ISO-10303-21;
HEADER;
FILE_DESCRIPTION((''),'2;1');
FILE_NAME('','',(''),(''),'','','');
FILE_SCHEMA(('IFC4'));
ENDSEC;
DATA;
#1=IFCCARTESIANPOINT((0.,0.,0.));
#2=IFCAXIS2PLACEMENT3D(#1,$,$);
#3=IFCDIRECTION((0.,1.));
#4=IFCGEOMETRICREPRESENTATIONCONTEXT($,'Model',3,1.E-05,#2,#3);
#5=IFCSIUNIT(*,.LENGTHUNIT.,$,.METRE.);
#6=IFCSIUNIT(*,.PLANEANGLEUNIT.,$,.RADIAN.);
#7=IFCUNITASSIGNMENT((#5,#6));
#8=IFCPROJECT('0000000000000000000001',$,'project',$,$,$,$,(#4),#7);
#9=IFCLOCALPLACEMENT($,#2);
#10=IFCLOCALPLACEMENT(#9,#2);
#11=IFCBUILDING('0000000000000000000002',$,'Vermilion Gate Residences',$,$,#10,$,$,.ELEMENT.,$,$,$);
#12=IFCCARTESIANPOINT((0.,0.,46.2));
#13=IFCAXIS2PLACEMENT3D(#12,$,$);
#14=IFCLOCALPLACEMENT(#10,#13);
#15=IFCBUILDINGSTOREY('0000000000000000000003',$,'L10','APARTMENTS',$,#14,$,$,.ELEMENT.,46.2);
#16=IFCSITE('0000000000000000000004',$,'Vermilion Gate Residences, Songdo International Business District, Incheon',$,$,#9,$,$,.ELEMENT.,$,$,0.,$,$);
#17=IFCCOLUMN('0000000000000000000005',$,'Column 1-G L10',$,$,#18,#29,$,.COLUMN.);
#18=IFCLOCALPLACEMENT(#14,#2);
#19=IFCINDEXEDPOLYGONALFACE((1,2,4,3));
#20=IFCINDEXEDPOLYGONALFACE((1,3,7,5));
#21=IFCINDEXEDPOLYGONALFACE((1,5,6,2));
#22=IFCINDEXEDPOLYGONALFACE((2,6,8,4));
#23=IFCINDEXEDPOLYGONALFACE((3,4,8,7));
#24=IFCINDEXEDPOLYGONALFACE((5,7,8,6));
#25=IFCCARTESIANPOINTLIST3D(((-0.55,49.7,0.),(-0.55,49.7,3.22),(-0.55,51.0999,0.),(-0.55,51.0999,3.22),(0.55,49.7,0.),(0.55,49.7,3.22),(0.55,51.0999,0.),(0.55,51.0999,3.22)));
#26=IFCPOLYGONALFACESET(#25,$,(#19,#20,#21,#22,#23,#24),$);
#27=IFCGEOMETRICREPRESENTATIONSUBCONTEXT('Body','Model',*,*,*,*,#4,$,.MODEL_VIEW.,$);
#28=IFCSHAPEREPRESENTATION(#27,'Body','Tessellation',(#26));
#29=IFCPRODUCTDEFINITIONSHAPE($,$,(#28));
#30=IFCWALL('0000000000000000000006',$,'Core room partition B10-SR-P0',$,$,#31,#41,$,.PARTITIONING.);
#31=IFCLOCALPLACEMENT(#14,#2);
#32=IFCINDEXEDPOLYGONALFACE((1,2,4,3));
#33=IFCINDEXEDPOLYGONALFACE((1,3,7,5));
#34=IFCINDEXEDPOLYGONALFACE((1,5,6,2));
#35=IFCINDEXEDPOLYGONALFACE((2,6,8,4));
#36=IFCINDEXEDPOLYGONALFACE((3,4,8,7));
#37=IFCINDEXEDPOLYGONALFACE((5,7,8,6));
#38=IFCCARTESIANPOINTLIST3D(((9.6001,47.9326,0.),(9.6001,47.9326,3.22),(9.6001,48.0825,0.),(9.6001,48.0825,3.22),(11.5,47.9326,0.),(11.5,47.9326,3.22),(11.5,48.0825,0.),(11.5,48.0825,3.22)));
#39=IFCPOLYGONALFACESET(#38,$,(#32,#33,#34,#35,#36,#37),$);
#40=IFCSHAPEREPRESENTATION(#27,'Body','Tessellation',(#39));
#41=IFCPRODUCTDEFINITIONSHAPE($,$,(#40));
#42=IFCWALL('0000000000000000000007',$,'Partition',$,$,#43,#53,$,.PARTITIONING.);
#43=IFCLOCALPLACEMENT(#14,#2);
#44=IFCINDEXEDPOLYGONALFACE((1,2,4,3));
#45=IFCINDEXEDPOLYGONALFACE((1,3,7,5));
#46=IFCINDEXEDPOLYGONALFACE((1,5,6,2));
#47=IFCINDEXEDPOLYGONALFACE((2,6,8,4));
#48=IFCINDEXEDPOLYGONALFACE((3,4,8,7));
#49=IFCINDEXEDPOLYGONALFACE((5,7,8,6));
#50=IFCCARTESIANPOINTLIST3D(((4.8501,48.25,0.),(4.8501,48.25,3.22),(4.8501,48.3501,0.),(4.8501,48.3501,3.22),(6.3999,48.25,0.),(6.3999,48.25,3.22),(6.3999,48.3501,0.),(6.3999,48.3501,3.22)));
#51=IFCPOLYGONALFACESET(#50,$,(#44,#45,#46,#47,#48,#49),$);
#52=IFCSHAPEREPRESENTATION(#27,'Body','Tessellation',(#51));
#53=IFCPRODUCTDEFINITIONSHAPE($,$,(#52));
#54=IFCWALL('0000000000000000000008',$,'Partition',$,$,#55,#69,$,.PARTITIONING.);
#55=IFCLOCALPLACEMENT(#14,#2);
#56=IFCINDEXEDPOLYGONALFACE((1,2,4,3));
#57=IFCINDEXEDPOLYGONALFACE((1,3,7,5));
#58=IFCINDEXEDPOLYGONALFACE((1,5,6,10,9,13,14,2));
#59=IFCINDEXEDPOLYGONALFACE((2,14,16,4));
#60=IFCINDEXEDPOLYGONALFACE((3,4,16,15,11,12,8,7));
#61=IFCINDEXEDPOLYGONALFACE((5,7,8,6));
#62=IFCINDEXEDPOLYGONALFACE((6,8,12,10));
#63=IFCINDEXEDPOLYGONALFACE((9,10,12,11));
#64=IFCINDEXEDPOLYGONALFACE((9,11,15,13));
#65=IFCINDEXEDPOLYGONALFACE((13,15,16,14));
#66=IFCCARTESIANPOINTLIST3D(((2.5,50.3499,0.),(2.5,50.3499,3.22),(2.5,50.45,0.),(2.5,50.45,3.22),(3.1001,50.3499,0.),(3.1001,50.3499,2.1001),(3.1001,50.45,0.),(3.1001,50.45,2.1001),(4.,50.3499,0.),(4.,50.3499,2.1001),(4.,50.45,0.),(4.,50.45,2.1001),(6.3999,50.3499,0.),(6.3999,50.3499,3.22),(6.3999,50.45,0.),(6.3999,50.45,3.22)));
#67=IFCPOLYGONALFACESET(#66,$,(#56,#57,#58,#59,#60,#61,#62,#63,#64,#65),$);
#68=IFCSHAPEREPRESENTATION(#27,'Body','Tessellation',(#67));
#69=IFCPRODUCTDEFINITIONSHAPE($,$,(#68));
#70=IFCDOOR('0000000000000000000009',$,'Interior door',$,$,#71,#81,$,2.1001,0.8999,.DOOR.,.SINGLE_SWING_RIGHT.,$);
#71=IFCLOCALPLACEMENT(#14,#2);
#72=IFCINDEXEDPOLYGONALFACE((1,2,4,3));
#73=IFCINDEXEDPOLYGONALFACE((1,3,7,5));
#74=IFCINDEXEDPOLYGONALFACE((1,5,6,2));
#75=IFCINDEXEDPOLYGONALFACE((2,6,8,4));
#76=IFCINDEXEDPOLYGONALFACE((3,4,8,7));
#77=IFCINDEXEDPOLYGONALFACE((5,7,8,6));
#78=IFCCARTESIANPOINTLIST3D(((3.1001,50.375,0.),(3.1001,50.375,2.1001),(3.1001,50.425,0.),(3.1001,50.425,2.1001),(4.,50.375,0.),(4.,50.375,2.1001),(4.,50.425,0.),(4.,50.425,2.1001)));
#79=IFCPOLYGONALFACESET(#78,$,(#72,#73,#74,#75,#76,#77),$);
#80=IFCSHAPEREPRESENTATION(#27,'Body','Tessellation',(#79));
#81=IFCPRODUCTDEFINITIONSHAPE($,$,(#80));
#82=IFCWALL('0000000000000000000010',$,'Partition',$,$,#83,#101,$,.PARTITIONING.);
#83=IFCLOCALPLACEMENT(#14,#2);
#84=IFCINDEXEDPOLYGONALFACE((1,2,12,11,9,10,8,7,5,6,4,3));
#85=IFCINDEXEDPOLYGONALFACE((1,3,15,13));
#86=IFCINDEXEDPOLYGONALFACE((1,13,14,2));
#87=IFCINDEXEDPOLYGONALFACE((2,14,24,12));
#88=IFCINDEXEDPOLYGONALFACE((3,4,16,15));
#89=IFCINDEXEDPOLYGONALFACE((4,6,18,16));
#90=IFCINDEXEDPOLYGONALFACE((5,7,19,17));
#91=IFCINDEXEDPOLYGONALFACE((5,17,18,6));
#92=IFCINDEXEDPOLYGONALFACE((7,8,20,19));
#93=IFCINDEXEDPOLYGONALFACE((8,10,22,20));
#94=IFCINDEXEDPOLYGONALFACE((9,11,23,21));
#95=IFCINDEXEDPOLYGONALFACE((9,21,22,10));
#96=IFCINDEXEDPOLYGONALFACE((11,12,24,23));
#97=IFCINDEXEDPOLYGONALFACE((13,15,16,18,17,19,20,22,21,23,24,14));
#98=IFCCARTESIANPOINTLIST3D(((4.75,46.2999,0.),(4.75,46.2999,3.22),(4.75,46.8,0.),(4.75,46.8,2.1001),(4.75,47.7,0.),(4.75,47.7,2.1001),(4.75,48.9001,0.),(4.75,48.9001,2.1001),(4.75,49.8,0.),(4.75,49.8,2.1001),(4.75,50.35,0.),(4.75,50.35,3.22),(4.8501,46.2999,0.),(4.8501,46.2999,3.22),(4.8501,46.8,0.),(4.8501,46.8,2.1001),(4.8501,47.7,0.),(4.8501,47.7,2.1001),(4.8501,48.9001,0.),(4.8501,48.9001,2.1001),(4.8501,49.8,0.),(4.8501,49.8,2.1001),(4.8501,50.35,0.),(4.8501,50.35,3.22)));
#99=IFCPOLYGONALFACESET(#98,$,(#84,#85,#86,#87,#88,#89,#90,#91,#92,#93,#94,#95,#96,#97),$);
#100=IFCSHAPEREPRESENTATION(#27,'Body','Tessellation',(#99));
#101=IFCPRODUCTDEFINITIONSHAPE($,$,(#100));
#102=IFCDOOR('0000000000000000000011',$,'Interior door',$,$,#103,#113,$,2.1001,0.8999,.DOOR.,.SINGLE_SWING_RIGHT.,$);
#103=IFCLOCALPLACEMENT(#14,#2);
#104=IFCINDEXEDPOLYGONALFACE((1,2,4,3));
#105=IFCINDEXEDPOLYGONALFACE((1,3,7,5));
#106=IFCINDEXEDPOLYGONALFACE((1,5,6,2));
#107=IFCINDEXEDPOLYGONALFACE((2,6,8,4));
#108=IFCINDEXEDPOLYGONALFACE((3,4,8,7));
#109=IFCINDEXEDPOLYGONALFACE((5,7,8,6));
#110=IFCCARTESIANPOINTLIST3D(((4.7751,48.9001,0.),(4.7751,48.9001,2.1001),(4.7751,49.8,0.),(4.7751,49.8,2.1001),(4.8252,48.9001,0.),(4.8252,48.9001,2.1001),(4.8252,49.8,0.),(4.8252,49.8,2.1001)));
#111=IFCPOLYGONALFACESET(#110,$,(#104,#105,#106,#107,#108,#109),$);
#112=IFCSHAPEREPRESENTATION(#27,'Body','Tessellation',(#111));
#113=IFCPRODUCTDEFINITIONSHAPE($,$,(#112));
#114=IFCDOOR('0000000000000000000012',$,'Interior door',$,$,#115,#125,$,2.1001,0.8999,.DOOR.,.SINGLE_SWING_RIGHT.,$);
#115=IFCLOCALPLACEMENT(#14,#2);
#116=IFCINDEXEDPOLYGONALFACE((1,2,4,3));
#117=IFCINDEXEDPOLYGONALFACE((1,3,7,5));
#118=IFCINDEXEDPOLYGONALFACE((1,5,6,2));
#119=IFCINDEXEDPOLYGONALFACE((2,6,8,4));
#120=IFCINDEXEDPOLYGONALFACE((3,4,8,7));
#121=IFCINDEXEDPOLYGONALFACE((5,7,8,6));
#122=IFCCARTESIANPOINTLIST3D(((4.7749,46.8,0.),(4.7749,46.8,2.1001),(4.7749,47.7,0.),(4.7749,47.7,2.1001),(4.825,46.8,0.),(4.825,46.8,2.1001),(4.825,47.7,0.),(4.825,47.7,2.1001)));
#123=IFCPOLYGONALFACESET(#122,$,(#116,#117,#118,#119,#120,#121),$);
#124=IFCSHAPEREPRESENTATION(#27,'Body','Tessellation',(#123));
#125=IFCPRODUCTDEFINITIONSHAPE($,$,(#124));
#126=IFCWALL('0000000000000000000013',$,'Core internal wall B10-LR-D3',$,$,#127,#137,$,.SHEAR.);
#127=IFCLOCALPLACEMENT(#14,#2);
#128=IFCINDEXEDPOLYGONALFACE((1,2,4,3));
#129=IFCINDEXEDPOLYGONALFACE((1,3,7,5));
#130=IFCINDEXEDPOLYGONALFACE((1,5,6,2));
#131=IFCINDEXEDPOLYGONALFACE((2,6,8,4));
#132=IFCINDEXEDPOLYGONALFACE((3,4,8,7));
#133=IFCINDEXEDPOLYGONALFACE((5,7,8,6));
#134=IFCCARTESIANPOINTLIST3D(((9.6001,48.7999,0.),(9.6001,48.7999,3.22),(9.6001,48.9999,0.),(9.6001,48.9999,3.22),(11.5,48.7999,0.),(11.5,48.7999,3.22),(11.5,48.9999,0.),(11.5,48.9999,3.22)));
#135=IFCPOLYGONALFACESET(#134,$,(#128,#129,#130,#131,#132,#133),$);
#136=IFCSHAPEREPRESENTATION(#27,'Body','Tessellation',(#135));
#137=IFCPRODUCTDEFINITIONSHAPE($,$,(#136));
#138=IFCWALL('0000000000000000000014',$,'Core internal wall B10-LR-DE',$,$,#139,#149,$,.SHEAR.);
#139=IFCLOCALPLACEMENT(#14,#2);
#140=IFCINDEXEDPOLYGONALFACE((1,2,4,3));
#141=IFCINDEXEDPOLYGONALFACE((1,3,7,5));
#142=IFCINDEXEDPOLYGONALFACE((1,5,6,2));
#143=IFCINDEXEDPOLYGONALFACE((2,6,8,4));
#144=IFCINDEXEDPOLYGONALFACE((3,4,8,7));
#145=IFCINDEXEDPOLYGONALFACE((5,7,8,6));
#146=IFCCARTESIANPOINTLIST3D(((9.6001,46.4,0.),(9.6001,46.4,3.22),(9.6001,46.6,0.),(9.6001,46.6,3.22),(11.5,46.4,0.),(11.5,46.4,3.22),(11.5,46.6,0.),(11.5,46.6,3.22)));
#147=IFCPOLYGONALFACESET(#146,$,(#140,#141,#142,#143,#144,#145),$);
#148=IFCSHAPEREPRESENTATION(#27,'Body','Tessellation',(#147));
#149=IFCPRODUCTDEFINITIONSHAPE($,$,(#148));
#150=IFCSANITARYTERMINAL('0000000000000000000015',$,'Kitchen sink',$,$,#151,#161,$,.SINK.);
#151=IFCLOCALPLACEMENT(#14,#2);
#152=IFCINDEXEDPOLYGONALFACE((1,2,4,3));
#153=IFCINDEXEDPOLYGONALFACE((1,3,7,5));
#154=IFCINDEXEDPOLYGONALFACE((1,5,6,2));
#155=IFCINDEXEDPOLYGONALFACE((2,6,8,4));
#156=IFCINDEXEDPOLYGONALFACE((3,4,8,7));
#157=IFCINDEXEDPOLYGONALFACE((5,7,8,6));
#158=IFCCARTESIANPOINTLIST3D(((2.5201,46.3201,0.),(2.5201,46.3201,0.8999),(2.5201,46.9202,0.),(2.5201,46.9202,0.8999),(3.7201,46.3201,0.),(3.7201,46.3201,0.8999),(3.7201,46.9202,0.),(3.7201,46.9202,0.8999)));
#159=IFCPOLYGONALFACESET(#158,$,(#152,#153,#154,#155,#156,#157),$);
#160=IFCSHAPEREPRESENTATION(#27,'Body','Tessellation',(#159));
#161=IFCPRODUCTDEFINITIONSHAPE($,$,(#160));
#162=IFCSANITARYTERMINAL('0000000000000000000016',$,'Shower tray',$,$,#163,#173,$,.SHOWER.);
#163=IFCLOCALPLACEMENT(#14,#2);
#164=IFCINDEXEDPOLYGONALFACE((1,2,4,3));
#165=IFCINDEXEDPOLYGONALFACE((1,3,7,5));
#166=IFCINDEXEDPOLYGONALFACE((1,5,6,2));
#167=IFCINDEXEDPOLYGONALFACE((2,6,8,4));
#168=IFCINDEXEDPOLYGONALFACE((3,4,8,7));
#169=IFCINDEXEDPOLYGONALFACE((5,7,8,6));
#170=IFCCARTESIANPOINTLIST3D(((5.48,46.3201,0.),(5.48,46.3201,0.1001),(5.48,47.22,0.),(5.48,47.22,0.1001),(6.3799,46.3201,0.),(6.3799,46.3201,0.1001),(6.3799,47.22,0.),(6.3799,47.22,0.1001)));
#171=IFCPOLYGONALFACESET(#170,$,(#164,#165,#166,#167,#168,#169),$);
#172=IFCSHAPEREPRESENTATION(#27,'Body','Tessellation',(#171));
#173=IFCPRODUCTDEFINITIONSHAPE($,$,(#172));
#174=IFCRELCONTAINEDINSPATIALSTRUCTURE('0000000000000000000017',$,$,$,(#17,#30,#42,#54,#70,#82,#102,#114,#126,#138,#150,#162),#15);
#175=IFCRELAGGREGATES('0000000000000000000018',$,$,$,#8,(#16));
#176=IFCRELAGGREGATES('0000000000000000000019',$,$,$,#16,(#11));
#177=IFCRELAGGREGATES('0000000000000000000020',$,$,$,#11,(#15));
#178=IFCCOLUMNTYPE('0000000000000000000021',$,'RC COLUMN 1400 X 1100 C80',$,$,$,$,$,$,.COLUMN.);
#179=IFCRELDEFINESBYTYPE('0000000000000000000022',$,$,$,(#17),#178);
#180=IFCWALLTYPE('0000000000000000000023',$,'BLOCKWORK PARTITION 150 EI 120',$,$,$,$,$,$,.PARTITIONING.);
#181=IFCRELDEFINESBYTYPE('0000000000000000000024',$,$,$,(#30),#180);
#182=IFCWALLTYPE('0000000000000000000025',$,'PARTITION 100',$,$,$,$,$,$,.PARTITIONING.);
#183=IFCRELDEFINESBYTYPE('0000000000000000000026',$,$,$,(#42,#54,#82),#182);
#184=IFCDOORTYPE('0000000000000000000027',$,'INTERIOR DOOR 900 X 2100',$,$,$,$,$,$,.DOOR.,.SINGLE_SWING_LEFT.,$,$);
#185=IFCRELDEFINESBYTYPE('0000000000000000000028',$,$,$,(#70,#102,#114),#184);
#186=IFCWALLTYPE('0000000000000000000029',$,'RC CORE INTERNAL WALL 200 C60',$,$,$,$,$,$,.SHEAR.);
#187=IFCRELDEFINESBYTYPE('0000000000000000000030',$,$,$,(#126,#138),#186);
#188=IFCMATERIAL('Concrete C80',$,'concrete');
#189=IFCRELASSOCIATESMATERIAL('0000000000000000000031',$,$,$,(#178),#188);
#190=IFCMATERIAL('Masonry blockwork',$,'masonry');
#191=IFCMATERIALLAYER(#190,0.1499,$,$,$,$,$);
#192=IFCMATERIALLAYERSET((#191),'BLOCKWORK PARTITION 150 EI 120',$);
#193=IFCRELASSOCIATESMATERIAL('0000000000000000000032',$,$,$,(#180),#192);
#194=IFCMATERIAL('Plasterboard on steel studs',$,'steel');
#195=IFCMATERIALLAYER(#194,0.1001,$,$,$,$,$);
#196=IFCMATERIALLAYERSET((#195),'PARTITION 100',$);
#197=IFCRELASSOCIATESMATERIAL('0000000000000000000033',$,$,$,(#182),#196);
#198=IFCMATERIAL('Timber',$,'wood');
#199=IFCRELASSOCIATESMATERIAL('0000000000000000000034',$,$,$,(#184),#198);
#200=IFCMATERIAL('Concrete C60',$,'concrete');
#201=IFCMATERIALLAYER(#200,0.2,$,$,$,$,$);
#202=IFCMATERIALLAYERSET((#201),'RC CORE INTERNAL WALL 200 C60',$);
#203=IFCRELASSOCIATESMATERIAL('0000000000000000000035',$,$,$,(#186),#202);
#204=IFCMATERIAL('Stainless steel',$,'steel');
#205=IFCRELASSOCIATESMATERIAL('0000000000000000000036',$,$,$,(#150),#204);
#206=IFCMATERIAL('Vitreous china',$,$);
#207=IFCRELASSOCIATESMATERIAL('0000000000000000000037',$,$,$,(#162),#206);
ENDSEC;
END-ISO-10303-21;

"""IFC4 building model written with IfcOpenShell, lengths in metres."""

from ifc_helpers import new_model, si_unit, direction, frame, frame_2d, origin, origin_2d, place, context, subcontext, project, spatial, rectangle, extrude, material, layer, layer_set, material_profile, profile_set, type_object, element, fill, save


model = new_model("IFC4")

# Units and contexts
model_context = context("Model", 3, precision=1e-05, world=origin(), true_north=direction((0.0, 1.0)))
body_context = subcontext(model_context, "Body", "Model", "MODEL_VIEW")
ifc_project = project(units=[si_unit("LENGTHUNIT", "METRE"), si_unit("PLANEANGLEUNIT", "RADIAN")], contexts=[model_context])

# Site, building, storey
site_placement = place(None, origin())
site = spatial("IfcSite", under=ifc_project, at=site_placement, Name="Vermilion Gate Residences, Songdo International Business District, Incheon", CompositionType="ELEMENT", RefElevation=0.0)
building_placement = place(site_placement, origin())
building = spatial("IfcBuilding", under=site, at=building_placement, Name="Vermilion Gate Residences", CompositionType="ELEMENT")
storey_placement = place(building_placement, frame((0.0, 0.0, 46.2)))
storey = spatial("IfcBuildingStorey", under=building, at=storey_placement, Name="L10", Description="APARTMENTS", CompositionType="ELEMENT", Elevation=46.2)

# Column
ifc_material_1 = material(Name="Concrete C80", Category="concrete")
ifc_material_profile = material_profile(ifc_material_1, rectangle(XDim=1.3999, YDim=1.1001, at=origin_2d()), Name="RC-1400x1100")
ifc_profile_set = profile_set([ifc_material_profile], Name="Concrete C80")
column_type = type_object("IfcColumnType", Name="RC COLUMN 1400 X 1100 C80", PredefinedType="COLUMN", material=ifc_profile_set)
column_placement = place(storey_placement, frame((0.0, 50.3999, 0.0), z_axis=(0.0, 0.0, 1.0), x_axis=(0.0, 1.0, 0.0)))
element("IfcColumn", 1, at=column_placement, inside=storey, type_object=column_type, Name="Column 1-G L10", PredefinedType="COLUMN", context=body_context, shape_type="SweptSolid", body=[
    extrude(rectangle(XDim=1.3999, YDim=1.1001, at=origin_2d()), origin(), (0.0, 0.0, 1.0), 3.22),
])

# Walls
ifc_material_2 = material(Name="Masonry blockwork", Category="masonry")
ifc_layer_1 = layer(ifc_material_2, 0.1499)
ifc_layer_set_1 = layer_set([ifc_layer_1], Name="BLOCKWORK PARTITION 150 EI 120")
wall_type_1 = type_object("IfcWallType", Name="BLOCKWORK PARTITION 150 EI 120", PredefinedType="PARTITIONING", material=ifc_layer_set_1)
wall_1_placement = place(storey_placement, frame((9.6001, 48.0076, 0.0), z_axis=(0.0, 0.0, 1.0), x_axis=(1.0, 0.0, 0.0)))
element("IfcWall", 2, at=wall_1_placement, inside=storey, type_object=wall_type_1, Name="Core room partition B10-SR-P0", PredefinedType="PARTITIONING", context=body_context, shape_type="SweptSolid", body=[
    extrude(rectangle(XDim=1.8999, YDim=0.1499, at=frame_2d((0.95, 0.0))), origin(), (0.0, 0.0, 1.0), 3.22),
])
ifc_material_3 = material(Name="Plasterboard on steel studs", Category="steel")
ifc_layer_2 = layer(ifc_material_3, 0.1001)
ifc_layer_set_2 = layer_set([ifc_layer_2], Name="PARTITION 100")
wall_type_2 = type_object("IfcWallType", Name="PARTITION 100", PredefinedType="PARTITIONING", material=ifc_layer_set_2)
wall_2_placement = place(storey_placement, frame((4.8501, 48.3, 0.0), z_axis=(0.0, 0.0, 1.0), x_axis=(1.0, 0.0, 0.0)))
element("IfcWall", 3, at=wall_2_placement, inside=storey, type_object=wall_type_2, Name="Partition", PredefinedType="PARTITIONING", context=body_context, shape_type="SweptSolid", body=[
    extrude(rectangle(XDim=1.5498, YDim=0.1001, at=frame_2d((0.7749, 0.0))), origin(), (0.0, 0.0, 1.0), 3.22),
])

# Wall, opening, door
wall_3_placement = place(storey_placement, frame((2.5, 50.3999, 0.0), z_axis=(0.0, 0.0, 1.0), x_axis=(1.0, 0.0, 0.0)))
wall_3 = element("IfcWall", 4, at=wall_3_placement, inside=storey, type_object=wall_type_2, Name="Partition", PredefinedType="PARTITIONING", context=body_context, shape_type="SweptSolid", body=[
    extrude(rectangle(XDim=3.8999, YDim=0.1001, at=frame_2d((1.95, 0.0))), origin(), (0.0, 0.0, 1.0), 3.22),
])
opening_1_placement = place(wall_3_placement, frame((0.6001, 0.0, 0.0)))
opening_1 = element("IfcOpeningElement", 5, at=opening_1_placement, cuts=wall_3, PredefinedType="OPENING", context=body_context, shape_type="SweptSolid", body=[
    extrude(rectangle(XDim=0.8999, YDim=2.1001, at=frame_2d((0.45, 1.05))), frame((0.0, 0.0601, 0.0), z_axis=(0.0, -1.0, 0.0), x_axis=(1.0, 0.0, 0.0)), (0.0, 0.0, 1.0), 0.1201),
])
ifc_material_4 = material(Name="Timber", Category="wood")
door_type = type_object("IfcDoorType", Name="INTERIOR DOOR 900 X 2100", OperationType="SINGLE_SWING_LEFT", PredefinedType="DOOR", material=ifc_material_4)
door_1_placement = place(opening_1_placement, frame((0.8999, 0.0, 0.0), z_axis=(0.0, 0.0, 1.0), x_axis=(-1.0, 0.0, 0.0)))
door_1 = element("IfcDoor", 6, at=door_1_placement, inside=storey, type_object=door_type, Name="Interior door", OperationType="SINGLE_SWING_RIGHT", OverallHeight=2.1001, OverallWidth=0.8999, PredefinedType="DOOR", context=body_context, shape_type="SweptSolid", body=[
    extrude(rectangle(XDim=0.8999, YDim=2.1001, at=frame_2d((0.45, 1.05))), frame((0.0, 0.0249, 0.0), z_axis=(0.0, -1.0, 0.0), x_axis=(1.0, 0.0, 0.0)), (0.0, 0.0, 1.0), 0.05),
])
fill(opening_1, door_1)

# Wall, openings, doors
wall_4_placement = place(storey_placement, frame((4.8, 46.3, 0.0), z_axis=(0.0, 0.0, 1.0), x_axis=(0.0, 1.0, 0.0)))
wall_4 = element("IfcWall", 7, at=wall_4_placement, inside=storey, type_object=wall_type_2, Name="Partition", PredefinedType="PARTITIONING", context=body_context, shape_type="SweptSolid", body=[
    extrude(rectangle(XDim=4.05, YDim=0.1001, at=frame_2d((2.0249, 0.0))), origin(), (0.0, 0.0, 1.0), 3.22),
])
opening_2_placement = place(wall_4_placement, frame((2.6001, 0.0, 0.0)))
opening_2 = element("IfcOpeningElement", 8, at=opening_2_placement, cuts=wall_4, PredefinedType="OPENING", context=body_context, shape_type="SweptSolid", body=[
    extrude(rectangle(XDim=0.8999, YDim=2.1001, at=frame_2d((0.45, 1.05))), frame((0.0, 0.0601, 0.0), z_axis=(0.0, -1.0, 0.0), x_axis=(1.0, 0.0, 0.0)), (0.0, 0.0, 1.0), 0.1201),
])
opening_3_placement = place(wall_4_placement, frame((0.5, 0.0, 0.0)))
opening_3 = element("IfcOpeningElement", 9, at=opening_3_placement, cuts=wall_4, PredefinedType="OPENING", context=body_context, shape_type="SweptSolid", body=[
    extrude(rectangle(XDim=0.8999, YDim=2.1001, at=frame_2d((0.45, 1.05))), frame((0.0, 0.0601, 0.0), z_axis=(0.0, -1.0, 0.0), x_axis=(1.0, 0.0, 0.0)), (0.0, 0.0, 1.0), 0.1201),
])
door_2_placement = place(opening_2_placement, origin())
door_2 = element("IfcDoor", 10, at=door_2_placement, inside=storey, type_object=door_type, Name="Interior door", OperationType="SINGLE_SWING_RIGHT", OverallHeight=2.1001, OverallWidth=0.8999, PredefinedType="DOOR", context=body_context, shape_type="SweptSolid", body=[
    extrude(rectangle(XDim=0.8999, YDim=2.1001, at=frame_2d((0.45, 1.05))), frame((0.0, 0.0249, 0.0), z_axis=(0.0, -1.0, 0.0), x_axis=(1.0, 0.0, 0.0)), (0.0, 0.0, 1.0), 0.05),
])
fill(opening_2, door_2)
door_3_placement = place(opening_3_placement, frame((0.8999, 0.0, 0.0), z_axis=(0.0, 0.0, 1.0), x_axis=(-1.0, 0.0, 0.0)))
door_3 = element("IfcDoor", 11, at=door_3_placement, inside=storey, type_object=door_type, Name="Interior door", OperationType="SINGLE_SWING_RIGHT", OverallHeight=2.1001, OverallWidth=0.8999, PredefinedType="DOOR", context=body_context, shape_type="SweptSolid", body=[
    extrude(rectangle(XDim=0.8999, YDim=2.1001, at=frame_2d((0.45, 1.05))), frame((0.0, 0.0249, 0.0), z_axis=(0.0, -1.0, 0.0), x_axis=(1.0, 0.0, 0.0)), (0.0, 0.0, 1.0), 0.05),
])
fill(opening_3, door_3)

# Walls
ifc_material_5 = material(Name="Concrete C60", Category="concrete")
ifc_layer_3 = layer(ifc_material_5, 0.2)
ifc_layer_set_3 = layer_set([ifc_layer_3], Name="RC CORE INTERNAL WALL 200 C60")
wall_type_3 = type_object("IfcWallType", Name="RC CORE INTERNAL WALL 200 C60", PredefinedType="SHEAR", material=ifc_layer_set_3)
for number, where, z_axis, x_axis, name in (
    (12, (9.6001, 48.8999, 0.0), (0.0, 0.0, 1.0), (1.0, 0.0, 0.0), "Core internal wall B10-LR-D3"),
    (13, (9.6001, 46.5, 0.0), (0.0, 0.0, 1.0), (1.0, 0.0, 0.0), "Core internal wall B10-LR-DE"),
):
    element("IfcWall", number, at=place(storey_placement, frame(where, z_axis=z_axis, x_axis=x_axis)), inside=storey, type_object=wall_type_3, Name=name, PredefinedType="SHEAR", context=body_context, shape_type="SweptSolid", body=[
        extrude(rectangle(XDim=1.8999, YDim=0.2, at=frame_2d((0.95, 0.0))), origin(), (0.0, 0.0, 1.0), 3.22),
    ])

# Sanitary terminals
ifc_material_6 = material(Name="Stainless steel", Category="steel")
sanitary_terminal_1_placement = place(storey_placement, frame((3.1201, 46.6201, 0.0), z_axis=(0.0, 0.0, 1.0), x_axis=(1.0, 0.0, 0.0)))
element("IfcSanitaryTerminal", 14, at=sanitary_terminal_1_placement, inside=storey, material=ifc_material_6, Name="Kitchen sink", PredefinedType="SINK", context=body_context, shape_type="SweptSolid", body=[
    extrude(rectangle(XDim=1.2, YDim=0.6001, at=origin_2d()), origin(), (0.0, 0.0, 1.0), 0.8999),
])
ifc_material_7 = material(Name="Vitreous china")
sanitary_terminal_2_placement = place(storey_placement, frame((5.9299, 46.77, 0.0), z_axis=(0.0, 0.0, 1.0), x_axis=(1.0, 0.0, 0.0)))
element("IfcSanitaryTerminal", 15, at=sanitary_terminal_2_placement, inside=storey, material=ifc_material_7, Name="Shower tray", PredefinedType="SHOWER", context=body_context, shape_type="SweptSolid", body=[
    extrude(rectangle(XDim=0.8999, YDim=0.8999, at=origin_2d()), origin(), (0.0, 0.0, 1.0), 0.1001),
])

save(model, "model.ifc")
